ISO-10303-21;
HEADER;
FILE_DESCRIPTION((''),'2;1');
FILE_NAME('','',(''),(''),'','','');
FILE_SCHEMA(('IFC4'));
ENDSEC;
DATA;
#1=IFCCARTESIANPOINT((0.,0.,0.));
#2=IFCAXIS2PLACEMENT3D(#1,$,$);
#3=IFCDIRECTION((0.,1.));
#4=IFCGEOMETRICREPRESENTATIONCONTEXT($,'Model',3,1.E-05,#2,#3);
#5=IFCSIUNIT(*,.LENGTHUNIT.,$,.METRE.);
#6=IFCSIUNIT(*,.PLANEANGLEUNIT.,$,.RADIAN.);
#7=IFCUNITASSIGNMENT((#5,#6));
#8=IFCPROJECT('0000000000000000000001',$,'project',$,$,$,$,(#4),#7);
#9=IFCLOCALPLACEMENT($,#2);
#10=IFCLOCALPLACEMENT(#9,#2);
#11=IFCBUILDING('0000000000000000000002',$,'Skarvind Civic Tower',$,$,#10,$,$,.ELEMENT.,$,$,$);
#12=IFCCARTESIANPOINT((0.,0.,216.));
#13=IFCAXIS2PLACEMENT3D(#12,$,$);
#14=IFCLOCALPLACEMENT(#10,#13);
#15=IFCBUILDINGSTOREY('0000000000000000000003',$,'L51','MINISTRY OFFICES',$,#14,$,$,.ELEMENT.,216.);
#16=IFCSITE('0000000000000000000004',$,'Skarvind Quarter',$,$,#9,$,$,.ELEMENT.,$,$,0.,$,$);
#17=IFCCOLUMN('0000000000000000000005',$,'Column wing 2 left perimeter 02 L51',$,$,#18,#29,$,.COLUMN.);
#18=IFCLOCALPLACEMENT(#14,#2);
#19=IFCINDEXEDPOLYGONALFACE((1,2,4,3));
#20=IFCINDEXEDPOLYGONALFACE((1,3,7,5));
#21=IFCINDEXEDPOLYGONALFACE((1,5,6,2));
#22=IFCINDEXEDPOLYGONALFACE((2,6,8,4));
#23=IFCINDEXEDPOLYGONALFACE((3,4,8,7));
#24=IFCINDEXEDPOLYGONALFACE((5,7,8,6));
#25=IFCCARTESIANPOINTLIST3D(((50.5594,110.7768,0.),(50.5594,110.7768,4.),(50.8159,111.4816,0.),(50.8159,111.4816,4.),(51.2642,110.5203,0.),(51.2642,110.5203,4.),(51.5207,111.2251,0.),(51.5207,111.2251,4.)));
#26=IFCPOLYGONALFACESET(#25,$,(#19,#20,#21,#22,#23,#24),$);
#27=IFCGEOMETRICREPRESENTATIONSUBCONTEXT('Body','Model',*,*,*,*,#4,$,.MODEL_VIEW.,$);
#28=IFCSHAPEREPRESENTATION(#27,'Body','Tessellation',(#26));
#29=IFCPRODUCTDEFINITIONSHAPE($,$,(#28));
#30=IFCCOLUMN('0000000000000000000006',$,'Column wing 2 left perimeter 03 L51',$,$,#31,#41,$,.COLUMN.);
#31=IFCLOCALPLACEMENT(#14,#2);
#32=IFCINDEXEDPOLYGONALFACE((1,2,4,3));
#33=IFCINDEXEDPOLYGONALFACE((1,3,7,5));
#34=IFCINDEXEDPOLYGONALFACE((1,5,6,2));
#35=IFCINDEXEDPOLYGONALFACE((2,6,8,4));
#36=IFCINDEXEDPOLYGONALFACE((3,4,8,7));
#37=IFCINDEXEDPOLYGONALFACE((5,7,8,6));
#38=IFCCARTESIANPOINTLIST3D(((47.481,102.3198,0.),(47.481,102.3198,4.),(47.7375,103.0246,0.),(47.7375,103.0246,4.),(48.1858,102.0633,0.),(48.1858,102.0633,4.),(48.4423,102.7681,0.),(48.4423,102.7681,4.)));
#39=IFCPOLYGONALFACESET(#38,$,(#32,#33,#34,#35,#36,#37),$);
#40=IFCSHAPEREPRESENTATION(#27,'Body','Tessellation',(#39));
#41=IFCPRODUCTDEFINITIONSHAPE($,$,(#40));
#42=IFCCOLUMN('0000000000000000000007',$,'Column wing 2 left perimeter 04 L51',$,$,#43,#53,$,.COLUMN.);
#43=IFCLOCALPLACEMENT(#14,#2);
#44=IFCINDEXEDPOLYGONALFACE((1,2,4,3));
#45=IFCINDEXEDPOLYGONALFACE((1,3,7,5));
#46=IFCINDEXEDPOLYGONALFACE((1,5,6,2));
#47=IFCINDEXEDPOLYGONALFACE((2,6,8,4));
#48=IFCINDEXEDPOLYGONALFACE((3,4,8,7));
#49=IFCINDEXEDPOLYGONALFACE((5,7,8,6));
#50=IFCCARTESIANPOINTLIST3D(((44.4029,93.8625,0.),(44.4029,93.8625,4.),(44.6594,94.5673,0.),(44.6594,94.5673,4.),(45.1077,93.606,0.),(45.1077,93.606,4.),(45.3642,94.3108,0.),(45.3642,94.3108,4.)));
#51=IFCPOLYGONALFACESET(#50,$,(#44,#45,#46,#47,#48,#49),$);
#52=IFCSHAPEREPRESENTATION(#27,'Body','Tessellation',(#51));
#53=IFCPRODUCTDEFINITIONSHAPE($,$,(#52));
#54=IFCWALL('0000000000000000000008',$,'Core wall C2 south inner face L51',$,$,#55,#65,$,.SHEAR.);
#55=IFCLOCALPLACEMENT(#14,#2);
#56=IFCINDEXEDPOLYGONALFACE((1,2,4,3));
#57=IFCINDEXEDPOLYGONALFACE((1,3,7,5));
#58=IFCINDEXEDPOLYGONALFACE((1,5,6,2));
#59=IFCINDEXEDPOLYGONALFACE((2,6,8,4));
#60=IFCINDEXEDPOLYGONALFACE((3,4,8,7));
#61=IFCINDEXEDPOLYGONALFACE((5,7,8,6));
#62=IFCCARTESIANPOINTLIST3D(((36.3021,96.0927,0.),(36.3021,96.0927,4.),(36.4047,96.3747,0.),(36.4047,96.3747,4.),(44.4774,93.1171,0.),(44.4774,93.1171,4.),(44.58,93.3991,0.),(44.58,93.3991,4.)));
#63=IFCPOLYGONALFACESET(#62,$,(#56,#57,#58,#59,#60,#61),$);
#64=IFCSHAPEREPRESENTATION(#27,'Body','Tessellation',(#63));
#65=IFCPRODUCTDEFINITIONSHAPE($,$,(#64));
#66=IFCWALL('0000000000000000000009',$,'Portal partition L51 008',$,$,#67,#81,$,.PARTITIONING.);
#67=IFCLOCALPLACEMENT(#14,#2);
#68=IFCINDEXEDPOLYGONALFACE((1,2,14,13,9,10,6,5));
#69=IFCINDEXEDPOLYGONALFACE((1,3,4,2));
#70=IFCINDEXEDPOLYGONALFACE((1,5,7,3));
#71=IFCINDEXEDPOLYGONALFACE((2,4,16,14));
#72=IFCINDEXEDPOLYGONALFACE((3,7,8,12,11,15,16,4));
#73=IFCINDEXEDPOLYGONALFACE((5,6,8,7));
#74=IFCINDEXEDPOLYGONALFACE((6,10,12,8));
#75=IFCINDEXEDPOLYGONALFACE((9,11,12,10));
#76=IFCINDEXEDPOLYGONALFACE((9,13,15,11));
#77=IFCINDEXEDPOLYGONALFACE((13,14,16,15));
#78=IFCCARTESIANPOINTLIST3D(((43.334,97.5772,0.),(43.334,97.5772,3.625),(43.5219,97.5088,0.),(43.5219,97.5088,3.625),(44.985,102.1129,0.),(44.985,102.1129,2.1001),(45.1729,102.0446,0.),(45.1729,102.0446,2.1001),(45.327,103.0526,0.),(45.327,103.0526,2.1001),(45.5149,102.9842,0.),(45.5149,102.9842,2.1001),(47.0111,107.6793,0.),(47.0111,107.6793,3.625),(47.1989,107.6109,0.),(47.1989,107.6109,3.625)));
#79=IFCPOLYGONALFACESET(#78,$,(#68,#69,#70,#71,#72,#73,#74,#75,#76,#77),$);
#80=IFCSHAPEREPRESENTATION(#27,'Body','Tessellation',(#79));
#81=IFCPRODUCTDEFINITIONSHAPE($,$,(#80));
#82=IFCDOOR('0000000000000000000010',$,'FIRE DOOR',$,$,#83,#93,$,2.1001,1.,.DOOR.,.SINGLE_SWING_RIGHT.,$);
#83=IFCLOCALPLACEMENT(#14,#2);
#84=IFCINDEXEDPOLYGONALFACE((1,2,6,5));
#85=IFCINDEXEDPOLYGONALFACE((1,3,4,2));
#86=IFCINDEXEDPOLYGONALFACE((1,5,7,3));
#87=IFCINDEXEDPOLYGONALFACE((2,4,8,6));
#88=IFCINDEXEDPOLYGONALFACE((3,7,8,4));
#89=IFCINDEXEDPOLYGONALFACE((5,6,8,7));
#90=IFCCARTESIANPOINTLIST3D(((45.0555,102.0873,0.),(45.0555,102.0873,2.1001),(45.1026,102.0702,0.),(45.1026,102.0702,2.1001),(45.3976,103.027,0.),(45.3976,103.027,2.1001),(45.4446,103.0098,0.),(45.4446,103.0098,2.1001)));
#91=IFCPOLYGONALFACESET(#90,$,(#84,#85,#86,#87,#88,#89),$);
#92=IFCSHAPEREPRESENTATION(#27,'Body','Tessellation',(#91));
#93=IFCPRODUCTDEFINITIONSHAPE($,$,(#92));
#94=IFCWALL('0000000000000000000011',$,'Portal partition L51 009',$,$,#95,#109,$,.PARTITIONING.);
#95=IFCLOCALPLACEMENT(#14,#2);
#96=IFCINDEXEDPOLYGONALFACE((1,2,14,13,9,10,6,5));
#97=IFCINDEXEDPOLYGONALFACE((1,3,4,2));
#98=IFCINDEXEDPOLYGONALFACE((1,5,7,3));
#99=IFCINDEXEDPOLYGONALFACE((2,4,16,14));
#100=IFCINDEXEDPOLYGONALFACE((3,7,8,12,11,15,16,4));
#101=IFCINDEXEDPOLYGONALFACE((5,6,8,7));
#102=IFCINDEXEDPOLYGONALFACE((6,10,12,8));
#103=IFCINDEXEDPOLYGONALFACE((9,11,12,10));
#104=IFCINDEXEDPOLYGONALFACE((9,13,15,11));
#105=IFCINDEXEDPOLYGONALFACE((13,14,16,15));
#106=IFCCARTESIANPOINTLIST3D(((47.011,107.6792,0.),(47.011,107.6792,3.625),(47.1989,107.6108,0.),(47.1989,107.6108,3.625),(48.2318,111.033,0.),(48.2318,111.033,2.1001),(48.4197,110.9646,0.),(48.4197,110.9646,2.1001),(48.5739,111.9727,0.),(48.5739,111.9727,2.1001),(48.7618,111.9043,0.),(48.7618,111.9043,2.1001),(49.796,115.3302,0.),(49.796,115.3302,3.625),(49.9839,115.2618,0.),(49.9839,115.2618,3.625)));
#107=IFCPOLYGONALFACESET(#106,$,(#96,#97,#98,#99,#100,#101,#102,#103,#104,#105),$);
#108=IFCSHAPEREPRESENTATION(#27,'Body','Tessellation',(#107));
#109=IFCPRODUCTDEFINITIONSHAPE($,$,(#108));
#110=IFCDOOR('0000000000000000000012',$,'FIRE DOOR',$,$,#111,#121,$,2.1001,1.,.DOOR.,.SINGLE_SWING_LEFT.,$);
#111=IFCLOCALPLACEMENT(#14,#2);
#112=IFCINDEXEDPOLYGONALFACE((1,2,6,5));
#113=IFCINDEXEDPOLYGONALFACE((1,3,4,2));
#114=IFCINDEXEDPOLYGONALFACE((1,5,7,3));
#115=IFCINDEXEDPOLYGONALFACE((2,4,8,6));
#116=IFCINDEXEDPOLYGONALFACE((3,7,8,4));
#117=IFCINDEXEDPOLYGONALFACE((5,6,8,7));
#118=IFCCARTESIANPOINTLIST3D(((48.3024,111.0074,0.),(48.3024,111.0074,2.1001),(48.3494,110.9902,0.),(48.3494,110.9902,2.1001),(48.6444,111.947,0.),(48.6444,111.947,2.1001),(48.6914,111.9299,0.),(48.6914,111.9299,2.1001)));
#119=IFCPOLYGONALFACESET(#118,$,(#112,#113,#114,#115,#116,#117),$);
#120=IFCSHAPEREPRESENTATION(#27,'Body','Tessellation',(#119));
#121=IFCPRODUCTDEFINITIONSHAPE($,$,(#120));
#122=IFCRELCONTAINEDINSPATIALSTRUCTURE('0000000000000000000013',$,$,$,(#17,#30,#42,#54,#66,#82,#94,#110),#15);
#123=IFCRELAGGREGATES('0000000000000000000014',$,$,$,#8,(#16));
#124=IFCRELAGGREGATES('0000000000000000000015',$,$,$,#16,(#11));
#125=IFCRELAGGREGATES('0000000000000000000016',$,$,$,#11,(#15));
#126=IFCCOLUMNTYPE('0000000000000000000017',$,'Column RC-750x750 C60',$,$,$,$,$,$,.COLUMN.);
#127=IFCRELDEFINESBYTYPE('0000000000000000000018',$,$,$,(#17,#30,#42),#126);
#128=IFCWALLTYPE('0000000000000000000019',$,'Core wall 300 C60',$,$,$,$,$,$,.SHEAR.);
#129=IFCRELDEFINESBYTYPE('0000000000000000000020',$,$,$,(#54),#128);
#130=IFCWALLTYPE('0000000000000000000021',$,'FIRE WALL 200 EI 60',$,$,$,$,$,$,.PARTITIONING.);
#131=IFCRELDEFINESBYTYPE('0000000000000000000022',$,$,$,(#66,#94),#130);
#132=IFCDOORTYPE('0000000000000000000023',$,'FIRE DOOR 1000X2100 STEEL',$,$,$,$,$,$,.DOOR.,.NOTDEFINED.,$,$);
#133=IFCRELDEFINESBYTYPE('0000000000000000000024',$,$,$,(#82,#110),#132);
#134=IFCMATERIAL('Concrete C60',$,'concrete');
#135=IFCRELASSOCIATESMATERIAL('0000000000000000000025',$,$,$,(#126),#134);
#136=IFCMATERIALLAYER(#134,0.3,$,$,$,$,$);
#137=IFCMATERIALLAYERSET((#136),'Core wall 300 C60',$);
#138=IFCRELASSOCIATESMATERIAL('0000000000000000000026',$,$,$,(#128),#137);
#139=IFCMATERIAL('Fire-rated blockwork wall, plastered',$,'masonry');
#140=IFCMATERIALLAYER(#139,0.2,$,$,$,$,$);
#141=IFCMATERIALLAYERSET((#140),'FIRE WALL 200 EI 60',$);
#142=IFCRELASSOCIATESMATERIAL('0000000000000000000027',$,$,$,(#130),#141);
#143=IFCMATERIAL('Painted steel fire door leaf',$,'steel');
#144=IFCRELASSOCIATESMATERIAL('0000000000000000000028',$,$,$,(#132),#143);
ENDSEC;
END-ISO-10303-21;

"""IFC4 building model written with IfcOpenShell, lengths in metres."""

from ifc_helpers import new_model, si_unit, direction, frame, frame_2d, origin, origin_2d, place, context, subcontext, project, spatial, rectangle, extrude, material, layer, layer_set, material_profile, profile_set, type_object, element, fill, save


model = new_model("IFC4")

# Units and contexts
model_context = context("Model", 3, precision=1e-05, world=origin(), true_north=direction((0.0, 1.0)))
body_context = subcontext(model_context, "Body", "Model", "MODEL_VIEW")
ifc_project = project(units=[si_unit("LENGTHUNIT", "METRE"), si_unit("PLANEANGLEUNIT", "RADIAN")], contexts=[model_context])

# Site, building, storey
site_placement = place(None, origin())
site = spatial("IfcSite", under=ifc_project, at=site_placement, Name="Skarvind Quarter", CompositionType="ELEMENT", RefElevation=0.0)
building_placement = place(site_placement, origin())
building = spatial("IfcBuilding", under=site, at=building_placement, Name="Skarvind Civic Tower", CompositionType="ELEMENT")
storey_placement = place(building_placement, frame((0.0, 0.0, 216.0)))
storey = spatial("IfcBuildingStorey", under=building, at=storey_placement, Name="L51", Description="MINISTRY OFFICES", CompositionType="ELEMENT", Elevation=216.0)

# Columns
ifc_material_1 = material(Name="Concrete C60", Category="concrete")
ifc_material_profile_1 = material_profile(ifc_material_1, rectangle(XDim=0.75, YDim=0.75, at=origin_2d()), Name="RC-750x750")
ifc_profile_set_1 = profile_set([ifc_material_profile_1], Name="Concrete C60")
column_type = type_object("IfcColumnType", Name="Column RC-750x750 C60", PredefinedType="COLUMN", material=ifc_profile_set_1)
for number, where, z_axis, x_axis, name in (
    (1, (51.04, 111.001, 0.0), (0.0, 0.0, 1.0), (-0.34202, -0.939693, 0.0), "Column wing 2 left perimeter 02 L51"),
    (2, (47.9617, 102.5439, 0.0), (0.0, 0.0, 1.0), (-0.34202, -0.939693, 0.0), "Column wing 2 left perimeter 03 L51"),
    (3, (44.8835, 94.0867, 0.0), (0.0, 0.0, 1.0), (-0.34202, -0.939693, 0.0), "Column wing 2 left perimeter 04 L51"),
):
    element("IfcColumn", number, at=place(storey_placement, frame(where, z_axis=z_axis, x_axis=x_axis)), inside=storey, type_object=column_type, Name=name, PredefinedType="COLUMN", context=body_context, shape_type="SweptSolid", body=[
        extrude(rectangle(XDim=0.75, YDim=0.75, at=origin_2d()), origin(), (0.0, 0.0, 1.0), 4.0),
    ])

# Wall
ifc_layer_1 = layer(ifc_material_1, 0.3)
ifc_layer_set_1 = layer_set([ifc_layer_1], Name="Core wall 300 C60")
wall_type_1 = type_object("IfcWallType", Name="Core wall 300 C60", PredefinedType="SHEAR", material=ifc_layer_set_1)
wall_1_placement = place(storey_placement, frame((44.5288, 93.2581, 0.0), z_axis=(0.0, 0.0, 1.0), x_axis=(-0.939692, 0.342022, 0.0)))
element("IfcWall", 4, at=wall_1_placement, inside=storey, type_object=wall_type_1, Name="Core wall C2 south inner face L51", PredefinedType="SHEAR", context=body_context, shape_type="SweptSolid", body=[
    extrude(rectangle(XDim=8.7, YDim=0.3, at=frame_2d((4.3501, 0.0))), origin(), (0.0, 0.0, 1.0), 4.0),
])

# Walls, openings, doors
ifc_material_2 = material(Name="Fire-rated blockwork wall, plastered", Category="masonry")
ifc_layer_2 = layer(ifc_material_2, 0.2)
ifc_layer_set_2 = layer_set([ifc_layer_2], Name="FIRE WALL 200 EI 60")
wall_type_2 = type_object("IfcWallType", Name="FIRE WALL 200 EI 60", PredefinedType="PARTITIONING", material=ifc_layer_set_2)
wall_2_placement = place(storey_placement, frame((43.428, 97.543, 0.0), z_axis=(0.0, 0.0, 1.0), x_axis=(0.342033, 0.939688, 0.0)))
wall_2 = element("IfcWall", 5, at=wall_2_placement, inside=storey, type_object=wall_type_2, Name="Portal partition L51 008", PredefinedType="PARTITIONING", context=body_context, shape_type="SweptSolid", body=[
    extrude(rectangle(XDim=10.7505, YDim=0.2, at=frame_2d((5.3752, 0.0))), origin(), (0.0, 0.0, 1.0), 3.625),
])
opening_1_placement = place(wall_2_placement, frame((4.8269, 0.0, 0.0)))
opening_1 = element("IfcOpeningElement", 6, at=opening_1_placement, cuts=wall_2, PredefinedType="OPENING", context=body_context, shape_type="SweptSolid", body=[
    extrude(rectangle(XDim=1.0, YDim=2.1001, at=frame_2d((0.5, 1.05))), frame((0.0, 0.1099, 0.0), z_axis=(0.0, -1.0, 0.0), x_axis=(1.0, 0.0, 0.0)), (0.0, 0.0, 1.0), 0.22),
])
ifc_material_3 = material(Name="Painted steel fire door leaf", Category="steel")
door_type = type_object("IfcDoorType", Name="FIRE DOOR 1000X2100 STEEL", OperationType="NOTDEFINED", PredefinedType="DOOR", material=ifc_material_3)
door_1_placement = place(opening_1_placement, origin())
door_1 = element("IfcDoor", 7, at=door_1_placement, inside=storey, type_object=door_type, Name="FIRE DOOR", OperationType="SINGLE_SWING_RIGHT", OverallHeight=2.1001, OverallWidth=1.0, PredefinedType="DOOR", context=body_context, shape_type="SweptSolid", body=[
    extrude(rectangle(XDim=1.0, YDim=2.1001, at=frame_2d((0.5, 1.05))), frame((0.0, 0.0249, 0.0), z_axis=(0.0, -1.0, 0.0), x_axis=(1.0, 0.0, 0.0)), (0.0, 0.0, 1.0), 0.05),
])
fill(opening_1, door_1)
wall_3_placement = place(storey_placement, frame((47.105, 107.645, 0.0), z_axis=(0.0, 0.0, 1.0), x_axis=(0.342044, 0.939684, 0.0)))
wall_3 = element("IfcWall", 8, at=wall_3_placement, inside=storey, type_object=wall_type_2, Name="Portal partition L51 009", PredefinedType="PARTITIONING", context=body_context, shape_type="SweptSolid", body=[
    extrude(rectangle(XDim=8.1421, YDim=0.2, at=frame_2d((4.071, 0.0))), origin(), (0.0, 0.0, 1.0), 3.625),
])
opening_2_placement = place(wall_3_placement, frame((3.5691, 0.0, 0.0)))
opening_2 = element("IfcOpeningElement", 9, at=opening_2_placement, cuts=wall_3, PredefinedType="OPENING", context=body_context, shape_type="SweptSolid", body=[
    extrude(rectangle(XDim=1.0, YDim=2.1001, at=frame_2d((0.5, 1.05))), frame((0.0, 0.1099, 0.0), z_axis=(0.0, -1.0, 0.0), x_axis=(1.0, 0.0, 0.0)), (0.0, 0.0, 1.0), 0.22),
])
door_2_placement = place(opening_2_placement, origin())
door_2 = element("IfcDoor", 10, at=door_2_placement, inside=storey, type_object=door_type, Name="FIRE DOOR", OperationType="SINGLE_SWING_LEFT", OverallHeight=2.1001, OverallWidth=1.0, PredefinedType="DOOR", context=body_context, shape_type="SweptSolid", body=[
    extrude(rectangle(XDim=1.0, YDim=2.1001, at=frame_2d((0.5, 1.05))), frame((0.0, 0.0249, 0.0), z_axis=(0.0, -1.0, 0.0), x_axis=(1.0, 0.0, 0.0)), (0.0, 0.0, 1.0), 0.05),
])
fill(opening_2, door_2)

save(model, "model.ifc")
